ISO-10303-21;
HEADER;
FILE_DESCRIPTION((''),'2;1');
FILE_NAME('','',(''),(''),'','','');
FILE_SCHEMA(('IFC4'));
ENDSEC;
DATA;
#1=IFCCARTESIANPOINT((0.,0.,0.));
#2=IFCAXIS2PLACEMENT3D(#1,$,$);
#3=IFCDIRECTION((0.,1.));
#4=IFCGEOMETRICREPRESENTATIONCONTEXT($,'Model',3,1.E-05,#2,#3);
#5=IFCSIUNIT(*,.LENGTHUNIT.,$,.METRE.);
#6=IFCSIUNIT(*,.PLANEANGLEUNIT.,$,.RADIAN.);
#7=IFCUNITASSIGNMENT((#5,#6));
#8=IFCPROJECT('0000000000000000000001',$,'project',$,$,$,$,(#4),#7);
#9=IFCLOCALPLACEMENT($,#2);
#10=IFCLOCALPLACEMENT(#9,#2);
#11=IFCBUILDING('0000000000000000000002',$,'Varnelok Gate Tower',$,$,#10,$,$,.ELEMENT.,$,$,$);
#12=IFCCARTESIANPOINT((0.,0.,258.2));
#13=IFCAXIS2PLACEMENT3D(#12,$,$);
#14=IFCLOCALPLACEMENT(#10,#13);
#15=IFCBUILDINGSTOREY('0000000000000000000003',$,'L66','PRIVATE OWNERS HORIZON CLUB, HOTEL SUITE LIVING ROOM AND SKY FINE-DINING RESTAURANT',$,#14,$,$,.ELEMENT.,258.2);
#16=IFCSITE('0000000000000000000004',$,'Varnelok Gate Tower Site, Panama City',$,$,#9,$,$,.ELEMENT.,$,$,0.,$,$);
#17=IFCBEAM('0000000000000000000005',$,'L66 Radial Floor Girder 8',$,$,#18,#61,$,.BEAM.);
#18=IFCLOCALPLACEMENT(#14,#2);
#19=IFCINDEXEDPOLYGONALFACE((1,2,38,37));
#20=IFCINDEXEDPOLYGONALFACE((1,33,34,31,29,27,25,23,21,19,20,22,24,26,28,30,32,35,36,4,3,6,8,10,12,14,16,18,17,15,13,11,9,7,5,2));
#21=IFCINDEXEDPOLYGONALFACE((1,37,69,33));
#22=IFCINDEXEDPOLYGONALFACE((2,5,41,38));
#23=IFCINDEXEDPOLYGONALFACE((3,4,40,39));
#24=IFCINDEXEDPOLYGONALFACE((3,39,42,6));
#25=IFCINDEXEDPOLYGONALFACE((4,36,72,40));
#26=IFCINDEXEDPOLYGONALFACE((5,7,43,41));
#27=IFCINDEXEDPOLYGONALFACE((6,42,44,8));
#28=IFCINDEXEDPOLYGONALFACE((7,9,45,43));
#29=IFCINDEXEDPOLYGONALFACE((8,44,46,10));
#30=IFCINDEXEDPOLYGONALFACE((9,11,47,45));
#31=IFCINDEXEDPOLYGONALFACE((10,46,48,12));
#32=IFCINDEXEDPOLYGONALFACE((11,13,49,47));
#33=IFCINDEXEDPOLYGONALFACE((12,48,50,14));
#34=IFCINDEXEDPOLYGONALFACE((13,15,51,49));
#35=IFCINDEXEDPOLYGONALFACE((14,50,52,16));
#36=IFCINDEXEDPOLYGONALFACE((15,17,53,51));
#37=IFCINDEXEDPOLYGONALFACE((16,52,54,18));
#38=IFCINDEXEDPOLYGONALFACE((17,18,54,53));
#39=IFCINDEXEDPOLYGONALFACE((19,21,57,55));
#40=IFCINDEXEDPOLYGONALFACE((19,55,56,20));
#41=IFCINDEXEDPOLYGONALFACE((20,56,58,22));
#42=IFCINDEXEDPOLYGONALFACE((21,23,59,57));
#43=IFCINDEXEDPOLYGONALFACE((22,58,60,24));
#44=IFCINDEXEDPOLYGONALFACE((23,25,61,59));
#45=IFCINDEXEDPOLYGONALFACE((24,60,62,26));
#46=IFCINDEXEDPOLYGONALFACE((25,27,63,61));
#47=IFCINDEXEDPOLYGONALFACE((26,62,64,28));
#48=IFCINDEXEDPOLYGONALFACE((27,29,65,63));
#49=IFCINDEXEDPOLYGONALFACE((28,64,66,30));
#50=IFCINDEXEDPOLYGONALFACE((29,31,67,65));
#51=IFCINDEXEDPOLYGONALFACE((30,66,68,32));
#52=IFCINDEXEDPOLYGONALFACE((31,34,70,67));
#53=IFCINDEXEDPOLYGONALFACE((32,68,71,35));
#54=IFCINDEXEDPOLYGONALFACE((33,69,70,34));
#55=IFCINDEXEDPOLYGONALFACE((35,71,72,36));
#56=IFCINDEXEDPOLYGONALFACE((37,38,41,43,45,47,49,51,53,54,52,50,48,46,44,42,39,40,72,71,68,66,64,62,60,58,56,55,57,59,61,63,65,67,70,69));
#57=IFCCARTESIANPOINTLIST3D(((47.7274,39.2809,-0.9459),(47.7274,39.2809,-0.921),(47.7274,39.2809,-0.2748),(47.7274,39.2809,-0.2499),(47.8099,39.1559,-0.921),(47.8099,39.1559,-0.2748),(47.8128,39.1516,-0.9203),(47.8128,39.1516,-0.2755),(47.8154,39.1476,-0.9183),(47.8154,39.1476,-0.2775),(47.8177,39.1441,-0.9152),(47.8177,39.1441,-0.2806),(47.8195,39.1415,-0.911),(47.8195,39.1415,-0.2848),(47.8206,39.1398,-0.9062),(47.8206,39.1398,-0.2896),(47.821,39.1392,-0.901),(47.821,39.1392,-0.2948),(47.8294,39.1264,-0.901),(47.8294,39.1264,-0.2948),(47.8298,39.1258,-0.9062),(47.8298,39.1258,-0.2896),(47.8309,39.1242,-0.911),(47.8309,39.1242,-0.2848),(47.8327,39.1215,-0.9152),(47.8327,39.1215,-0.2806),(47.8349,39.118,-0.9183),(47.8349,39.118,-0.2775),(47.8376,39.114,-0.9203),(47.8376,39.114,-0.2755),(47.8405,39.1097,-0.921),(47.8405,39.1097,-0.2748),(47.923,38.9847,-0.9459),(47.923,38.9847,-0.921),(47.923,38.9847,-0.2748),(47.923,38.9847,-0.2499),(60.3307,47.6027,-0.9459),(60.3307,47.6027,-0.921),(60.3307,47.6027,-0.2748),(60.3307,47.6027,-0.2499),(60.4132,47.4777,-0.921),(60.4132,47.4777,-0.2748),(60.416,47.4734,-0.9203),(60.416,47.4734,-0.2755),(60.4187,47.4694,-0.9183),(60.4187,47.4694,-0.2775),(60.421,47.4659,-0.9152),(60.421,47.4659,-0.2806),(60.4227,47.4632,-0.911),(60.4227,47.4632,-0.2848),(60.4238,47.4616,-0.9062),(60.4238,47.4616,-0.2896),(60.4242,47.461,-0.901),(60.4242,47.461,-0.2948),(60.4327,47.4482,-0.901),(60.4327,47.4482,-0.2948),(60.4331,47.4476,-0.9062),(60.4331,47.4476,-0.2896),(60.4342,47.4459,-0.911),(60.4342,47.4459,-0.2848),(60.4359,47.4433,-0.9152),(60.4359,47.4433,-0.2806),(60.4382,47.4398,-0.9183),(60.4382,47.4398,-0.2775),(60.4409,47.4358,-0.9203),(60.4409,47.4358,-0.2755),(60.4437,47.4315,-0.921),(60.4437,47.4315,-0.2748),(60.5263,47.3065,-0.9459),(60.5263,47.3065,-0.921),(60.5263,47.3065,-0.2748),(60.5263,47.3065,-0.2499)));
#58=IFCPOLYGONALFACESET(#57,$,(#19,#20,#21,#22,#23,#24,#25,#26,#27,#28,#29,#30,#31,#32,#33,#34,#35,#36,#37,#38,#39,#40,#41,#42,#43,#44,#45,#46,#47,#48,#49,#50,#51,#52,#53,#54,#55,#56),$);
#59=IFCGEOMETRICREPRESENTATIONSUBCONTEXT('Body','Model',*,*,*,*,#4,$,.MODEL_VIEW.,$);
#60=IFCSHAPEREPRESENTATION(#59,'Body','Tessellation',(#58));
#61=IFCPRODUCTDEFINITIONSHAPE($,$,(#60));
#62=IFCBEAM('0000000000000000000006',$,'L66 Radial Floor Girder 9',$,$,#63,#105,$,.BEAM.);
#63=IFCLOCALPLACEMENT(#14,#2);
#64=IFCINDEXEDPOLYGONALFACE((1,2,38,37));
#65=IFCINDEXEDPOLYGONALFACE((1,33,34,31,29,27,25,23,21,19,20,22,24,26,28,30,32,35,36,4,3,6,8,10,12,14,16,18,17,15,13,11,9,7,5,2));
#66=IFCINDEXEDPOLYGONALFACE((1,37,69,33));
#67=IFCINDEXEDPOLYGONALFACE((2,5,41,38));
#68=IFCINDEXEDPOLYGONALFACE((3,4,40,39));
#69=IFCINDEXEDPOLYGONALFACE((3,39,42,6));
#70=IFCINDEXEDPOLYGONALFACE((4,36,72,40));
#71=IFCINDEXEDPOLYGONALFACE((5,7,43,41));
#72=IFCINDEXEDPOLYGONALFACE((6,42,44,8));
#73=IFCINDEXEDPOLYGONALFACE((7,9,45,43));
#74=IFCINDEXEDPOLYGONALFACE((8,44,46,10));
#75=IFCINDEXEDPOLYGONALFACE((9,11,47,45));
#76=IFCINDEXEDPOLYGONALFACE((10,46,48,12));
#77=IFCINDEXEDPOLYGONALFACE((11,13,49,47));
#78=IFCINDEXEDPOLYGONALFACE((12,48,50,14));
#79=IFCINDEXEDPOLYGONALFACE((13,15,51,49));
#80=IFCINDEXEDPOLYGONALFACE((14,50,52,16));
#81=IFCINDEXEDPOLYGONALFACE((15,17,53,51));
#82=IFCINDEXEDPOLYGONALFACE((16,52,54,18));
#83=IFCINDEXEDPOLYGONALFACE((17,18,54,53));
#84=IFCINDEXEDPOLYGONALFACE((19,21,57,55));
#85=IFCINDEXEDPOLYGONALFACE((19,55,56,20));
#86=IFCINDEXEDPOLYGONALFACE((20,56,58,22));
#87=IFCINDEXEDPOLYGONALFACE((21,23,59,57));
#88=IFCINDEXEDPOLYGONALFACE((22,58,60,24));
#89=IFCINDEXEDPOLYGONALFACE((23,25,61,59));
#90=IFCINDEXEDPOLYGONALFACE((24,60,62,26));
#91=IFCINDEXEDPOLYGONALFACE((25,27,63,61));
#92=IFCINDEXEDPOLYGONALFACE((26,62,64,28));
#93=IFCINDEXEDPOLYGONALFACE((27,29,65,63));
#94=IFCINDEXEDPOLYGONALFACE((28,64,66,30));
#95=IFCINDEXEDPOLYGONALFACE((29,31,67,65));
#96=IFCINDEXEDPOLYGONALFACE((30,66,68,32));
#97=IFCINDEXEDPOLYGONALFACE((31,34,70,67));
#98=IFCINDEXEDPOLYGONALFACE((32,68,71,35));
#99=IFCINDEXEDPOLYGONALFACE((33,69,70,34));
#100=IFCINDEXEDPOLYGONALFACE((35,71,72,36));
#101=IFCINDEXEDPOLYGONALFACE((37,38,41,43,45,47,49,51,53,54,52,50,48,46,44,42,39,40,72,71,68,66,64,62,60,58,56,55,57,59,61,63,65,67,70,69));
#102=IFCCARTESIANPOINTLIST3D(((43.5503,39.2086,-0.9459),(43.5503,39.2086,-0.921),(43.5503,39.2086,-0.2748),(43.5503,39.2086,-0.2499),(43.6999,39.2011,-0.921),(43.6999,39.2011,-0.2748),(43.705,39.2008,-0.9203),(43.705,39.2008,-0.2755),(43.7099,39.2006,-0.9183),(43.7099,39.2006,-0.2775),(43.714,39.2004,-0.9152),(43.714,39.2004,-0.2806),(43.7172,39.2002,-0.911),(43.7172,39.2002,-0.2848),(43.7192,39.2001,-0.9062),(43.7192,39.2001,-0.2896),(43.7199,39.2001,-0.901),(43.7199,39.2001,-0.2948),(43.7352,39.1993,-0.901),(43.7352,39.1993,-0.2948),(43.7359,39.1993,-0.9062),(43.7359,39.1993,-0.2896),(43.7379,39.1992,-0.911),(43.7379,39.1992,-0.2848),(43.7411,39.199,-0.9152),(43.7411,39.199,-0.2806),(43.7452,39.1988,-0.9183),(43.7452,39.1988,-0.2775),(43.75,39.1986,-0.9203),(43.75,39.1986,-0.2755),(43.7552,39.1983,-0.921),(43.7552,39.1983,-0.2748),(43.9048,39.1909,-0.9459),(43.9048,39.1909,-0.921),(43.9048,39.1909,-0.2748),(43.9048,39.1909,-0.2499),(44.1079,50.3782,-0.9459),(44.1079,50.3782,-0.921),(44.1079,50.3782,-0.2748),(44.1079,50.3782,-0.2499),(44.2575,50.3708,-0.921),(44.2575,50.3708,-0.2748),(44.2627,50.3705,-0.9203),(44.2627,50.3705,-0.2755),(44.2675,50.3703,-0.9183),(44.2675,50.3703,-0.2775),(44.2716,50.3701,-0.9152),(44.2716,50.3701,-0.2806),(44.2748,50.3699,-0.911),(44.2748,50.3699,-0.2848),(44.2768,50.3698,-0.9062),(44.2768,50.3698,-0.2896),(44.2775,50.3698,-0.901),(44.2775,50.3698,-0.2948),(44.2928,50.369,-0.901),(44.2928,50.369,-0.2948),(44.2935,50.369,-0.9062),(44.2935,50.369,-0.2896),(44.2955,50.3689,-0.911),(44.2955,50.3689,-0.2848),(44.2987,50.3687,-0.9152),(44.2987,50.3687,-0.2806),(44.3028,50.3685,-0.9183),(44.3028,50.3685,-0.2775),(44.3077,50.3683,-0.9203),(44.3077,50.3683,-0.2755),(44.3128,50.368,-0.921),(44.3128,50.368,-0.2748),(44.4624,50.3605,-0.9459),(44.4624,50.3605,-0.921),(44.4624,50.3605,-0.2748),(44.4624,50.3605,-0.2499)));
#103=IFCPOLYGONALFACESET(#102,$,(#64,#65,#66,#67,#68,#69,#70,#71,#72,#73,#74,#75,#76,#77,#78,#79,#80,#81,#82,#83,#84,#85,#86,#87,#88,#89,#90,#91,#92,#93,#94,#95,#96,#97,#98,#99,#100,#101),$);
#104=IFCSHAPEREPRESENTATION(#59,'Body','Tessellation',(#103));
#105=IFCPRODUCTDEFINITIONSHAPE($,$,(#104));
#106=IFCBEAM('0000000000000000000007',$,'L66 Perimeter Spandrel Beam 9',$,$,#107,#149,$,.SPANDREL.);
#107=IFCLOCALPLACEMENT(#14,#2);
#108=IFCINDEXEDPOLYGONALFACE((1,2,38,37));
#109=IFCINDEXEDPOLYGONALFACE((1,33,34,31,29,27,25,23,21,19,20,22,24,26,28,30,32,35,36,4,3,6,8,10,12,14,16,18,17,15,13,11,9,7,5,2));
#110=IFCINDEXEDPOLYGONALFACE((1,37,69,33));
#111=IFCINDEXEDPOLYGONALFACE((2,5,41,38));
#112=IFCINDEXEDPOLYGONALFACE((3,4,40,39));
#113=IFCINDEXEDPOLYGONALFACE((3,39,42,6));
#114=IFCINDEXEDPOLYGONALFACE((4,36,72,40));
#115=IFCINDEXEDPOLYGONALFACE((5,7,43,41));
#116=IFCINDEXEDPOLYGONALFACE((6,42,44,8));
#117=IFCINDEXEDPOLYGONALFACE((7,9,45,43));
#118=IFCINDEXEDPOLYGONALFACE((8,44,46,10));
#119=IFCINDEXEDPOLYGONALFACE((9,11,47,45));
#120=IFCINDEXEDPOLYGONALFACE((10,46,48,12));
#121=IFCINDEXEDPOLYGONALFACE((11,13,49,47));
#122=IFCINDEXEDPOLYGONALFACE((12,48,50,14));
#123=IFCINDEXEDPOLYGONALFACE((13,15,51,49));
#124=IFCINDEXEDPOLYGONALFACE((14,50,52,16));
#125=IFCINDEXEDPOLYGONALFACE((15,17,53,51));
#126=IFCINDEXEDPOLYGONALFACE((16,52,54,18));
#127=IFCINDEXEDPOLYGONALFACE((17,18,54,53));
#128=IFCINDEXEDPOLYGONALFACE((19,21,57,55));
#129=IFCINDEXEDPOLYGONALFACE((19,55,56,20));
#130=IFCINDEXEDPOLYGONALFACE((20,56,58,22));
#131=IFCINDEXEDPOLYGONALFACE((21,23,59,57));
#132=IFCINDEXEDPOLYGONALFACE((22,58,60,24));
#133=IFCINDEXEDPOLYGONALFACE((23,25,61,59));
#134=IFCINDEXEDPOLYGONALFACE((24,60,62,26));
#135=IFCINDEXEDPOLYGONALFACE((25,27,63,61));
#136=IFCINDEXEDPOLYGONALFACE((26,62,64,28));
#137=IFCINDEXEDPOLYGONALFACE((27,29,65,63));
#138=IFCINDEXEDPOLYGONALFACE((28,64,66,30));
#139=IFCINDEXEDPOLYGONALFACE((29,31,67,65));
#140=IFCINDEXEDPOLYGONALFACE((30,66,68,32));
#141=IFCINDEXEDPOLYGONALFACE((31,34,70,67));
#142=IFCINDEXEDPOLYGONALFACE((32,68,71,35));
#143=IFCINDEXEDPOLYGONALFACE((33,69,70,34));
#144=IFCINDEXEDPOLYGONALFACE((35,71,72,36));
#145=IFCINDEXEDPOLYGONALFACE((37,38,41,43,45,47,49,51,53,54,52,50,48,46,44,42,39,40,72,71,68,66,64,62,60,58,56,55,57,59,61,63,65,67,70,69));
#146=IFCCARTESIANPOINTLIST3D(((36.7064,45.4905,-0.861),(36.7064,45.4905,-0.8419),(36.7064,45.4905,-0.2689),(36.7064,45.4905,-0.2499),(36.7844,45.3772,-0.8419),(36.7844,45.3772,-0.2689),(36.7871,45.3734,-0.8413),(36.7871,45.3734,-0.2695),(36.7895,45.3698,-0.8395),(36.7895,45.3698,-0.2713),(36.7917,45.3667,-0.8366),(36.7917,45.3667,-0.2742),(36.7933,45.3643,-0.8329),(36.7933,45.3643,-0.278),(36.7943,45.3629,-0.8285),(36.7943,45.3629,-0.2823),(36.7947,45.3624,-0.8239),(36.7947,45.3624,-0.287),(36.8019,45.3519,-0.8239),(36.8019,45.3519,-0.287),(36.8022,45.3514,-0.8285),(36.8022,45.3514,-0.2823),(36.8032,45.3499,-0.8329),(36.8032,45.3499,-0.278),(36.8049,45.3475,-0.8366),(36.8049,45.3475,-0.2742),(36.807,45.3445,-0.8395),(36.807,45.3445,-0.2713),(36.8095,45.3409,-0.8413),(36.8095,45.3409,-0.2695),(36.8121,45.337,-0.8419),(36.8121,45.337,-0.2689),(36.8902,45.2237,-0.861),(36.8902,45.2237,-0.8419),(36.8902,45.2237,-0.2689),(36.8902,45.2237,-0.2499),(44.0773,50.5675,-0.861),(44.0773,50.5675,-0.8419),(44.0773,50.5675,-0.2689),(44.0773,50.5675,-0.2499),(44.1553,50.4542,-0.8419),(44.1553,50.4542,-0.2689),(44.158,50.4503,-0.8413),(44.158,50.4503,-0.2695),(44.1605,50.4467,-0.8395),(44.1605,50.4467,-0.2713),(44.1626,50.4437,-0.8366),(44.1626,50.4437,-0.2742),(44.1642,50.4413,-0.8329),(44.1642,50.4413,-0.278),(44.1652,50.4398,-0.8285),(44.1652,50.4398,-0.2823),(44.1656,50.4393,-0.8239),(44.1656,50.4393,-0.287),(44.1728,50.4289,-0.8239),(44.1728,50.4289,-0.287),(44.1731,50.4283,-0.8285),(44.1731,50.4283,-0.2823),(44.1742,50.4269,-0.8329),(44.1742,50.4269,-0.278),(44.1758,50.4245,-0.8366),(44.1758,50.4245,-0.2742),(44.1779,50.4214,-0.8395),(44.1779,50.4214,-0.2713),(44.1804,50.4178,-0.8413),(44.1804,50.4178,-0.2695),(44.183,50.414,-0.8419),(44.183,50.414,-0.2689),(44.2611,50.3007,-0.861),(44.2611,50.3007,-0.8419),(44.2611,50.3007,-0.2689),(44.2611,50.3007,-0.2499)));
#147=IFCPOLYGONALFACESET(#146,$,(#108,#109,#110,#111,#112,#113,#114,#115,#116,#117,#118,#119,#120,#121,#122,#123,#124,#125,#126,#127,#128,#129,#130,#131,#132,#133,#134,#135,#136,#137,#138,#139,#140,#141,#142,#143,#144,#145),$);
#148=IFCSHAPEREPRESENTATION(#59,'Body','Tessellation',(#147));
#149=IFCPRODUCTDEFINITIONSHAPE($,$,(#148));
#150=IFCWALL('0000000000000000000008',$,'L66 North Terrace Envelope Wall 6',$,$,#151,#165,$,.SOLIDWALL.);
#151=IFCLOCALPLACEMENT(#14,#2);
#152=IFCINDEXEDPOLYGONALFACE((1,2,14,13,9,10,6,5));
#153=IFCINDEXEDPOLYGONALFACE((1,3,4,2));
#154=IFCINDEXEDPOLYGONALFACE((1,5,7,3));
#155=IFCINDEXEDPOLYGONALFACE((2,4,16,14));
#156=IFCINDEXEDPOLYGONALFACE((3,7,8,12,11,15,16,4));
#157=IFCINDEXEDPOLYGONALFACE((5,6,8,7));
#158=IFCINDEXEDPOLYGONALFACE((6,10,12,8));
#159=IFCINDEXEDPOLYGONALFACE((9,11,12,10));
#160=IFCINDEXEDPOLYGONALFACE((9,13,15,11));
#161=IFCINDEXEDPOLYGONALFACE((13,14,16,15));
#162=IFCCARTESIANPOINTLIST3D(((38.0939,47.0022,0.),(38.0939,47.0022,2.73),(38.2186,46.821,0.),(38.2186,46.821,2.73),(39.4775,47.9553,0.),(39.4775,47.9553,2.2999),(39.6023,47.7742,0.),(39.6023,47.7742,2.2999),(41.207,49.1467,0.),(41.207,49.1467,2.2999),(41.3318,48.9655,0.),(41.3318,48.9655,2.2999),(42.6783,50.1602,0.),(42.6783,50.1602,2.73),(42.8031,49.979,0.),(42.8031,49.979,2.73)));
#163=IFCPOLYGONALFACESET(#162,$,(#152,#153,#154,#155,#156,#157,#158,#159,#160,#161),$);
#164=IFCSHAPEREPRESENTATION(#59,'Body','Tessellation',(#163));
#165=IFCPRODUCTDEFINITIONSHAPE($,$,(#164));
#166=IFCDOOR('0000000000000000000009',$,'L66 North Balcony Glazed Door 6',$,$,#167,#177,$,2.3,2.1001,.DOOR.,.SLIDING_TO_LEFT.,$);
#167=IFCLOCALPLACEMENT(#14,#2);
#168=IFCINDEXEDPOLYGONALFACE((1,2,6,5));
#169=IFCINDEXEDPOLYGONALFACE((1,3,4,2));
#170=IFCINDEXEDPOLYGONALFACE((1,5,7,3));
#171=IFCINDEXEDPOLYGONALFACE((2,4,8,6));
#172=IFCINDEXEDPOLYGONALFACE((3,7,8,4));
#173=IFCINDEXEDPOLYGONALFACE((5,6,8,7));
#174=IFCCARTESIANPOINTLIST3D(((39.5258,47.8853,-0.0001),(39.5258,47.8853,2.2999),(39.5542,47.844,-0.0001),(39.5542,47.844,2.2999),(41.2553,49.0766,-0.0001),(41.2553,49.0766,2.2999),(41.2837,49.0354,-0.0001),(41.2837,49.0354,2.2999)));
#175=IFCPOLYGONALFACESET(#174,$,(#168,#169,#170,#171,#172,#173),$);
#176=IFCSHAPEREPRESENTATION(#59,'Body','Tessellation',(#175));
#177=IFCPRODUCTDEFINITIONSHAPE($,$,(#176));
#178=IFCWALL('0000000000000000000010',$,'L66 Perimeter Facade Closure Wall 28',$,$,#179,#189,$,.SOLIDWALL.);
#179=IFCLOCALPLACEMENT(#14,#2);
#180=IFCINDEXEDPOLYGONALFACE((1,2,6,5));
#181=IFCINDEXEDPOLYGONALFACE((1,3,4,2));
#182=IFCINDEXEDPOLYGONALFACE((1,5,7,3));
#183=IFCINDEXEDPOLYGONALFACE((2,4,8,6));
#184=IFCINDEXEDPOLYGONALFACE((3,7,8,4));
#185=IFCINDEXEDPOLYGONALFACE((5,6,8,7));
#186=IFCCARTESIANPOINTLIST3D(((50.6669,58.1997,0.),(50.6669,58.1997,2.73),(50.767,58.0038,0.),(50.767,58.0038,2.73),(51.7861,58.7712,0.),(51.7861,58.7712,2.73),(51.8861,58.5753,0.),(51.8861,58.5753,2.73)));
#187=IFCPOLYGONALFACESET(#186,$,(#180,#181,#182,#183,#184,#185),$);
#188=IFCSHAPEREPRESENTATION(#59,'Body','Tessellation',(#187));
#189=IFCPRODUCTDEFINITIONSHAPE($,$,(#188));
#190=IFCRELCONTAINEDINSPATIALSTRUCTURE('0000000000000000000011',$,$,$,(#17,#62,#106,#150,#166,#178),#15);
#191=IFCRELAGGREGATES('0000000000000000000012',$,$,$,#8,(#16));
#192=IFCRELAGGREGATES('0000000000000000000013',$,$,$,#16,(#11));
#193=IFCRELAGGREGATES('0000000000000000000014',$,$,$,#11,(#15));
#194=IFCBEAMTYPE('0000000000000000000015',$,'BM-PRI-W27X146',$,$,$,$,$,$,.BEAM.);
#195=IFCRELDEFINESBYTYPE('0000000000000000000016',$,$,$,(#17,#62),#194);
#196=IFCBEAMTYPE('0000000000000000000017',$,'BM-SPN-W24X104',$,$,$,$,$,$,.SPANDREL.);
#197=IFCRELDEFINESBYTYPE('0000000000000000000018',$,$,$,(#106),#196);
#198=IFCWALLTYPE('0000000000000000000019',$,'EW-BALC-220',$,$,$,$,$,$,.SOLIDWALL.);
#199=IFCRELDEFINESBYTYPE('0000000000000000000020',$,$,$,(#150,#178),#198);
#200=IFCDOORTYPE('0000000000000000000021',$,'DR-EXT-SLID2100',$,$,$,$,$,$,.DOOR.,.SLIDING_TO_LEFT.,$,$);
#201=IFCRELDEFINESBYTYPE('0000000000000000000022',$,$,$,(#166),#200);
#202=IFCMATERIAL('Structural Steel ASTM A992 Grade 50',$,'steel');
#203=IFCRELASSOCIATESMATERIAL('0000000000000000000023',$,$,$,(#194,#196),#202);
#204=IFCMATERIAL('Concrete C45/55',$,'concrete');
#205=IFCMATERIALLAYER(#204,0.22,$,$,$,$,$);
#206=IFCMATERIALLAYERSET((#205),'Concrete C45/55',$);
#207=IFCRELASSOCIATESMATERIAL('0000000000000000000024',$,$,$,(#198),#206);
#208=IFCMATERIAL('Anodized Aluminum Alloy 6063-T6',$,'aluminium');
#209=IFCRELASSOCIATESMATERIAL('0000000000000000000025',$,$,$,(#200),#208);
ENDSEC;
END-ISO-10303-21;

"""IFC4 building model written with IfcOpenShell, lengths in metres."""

from ifc_helpers import new_model, si_unit, direction, frame, frame_2d, origin, origin_2d, place, context, subcontext, project, spatial, rectangle, i_section, extrude, material, layer, layer_set, material_profile, profile_set, type_object, element, fill, save


model = new_model("IFC4")

# Units and contexts
model_context = context("Model", 3, precision=1e-05, world=origin(), true_north=direction((0.0, 1.0)))
body_context = subcontext(model_context, "Body", "Model", "MODEL_VIEW")
ifc_project = project(units=[si_unit("LENGTHUNIT", "METRE"), si_unit("PLANEANGLEUNIT", "RADIAN")], contexts=[model_context])

# Site, building, storey
site_placement = place(None, origin())
site = spatial("IfcSite", under=ifc_project, at=site_placement, Name="Varnelok Gate Tower Site, Panama City", CompositionType="ELEMENT", RefElevation=0.0)
building_placement = place(site_placement, origin())
building = spatial("IfcBuilding", under=site, at=building_placement, Name="Varnelok Gate Tower", CompositionType="ELEMENT")
storey_placement = place(building_placement, frame((0.0, 0.0, 258.2)))
storey = spatial("IfcBuildingStorey", under=building, at=storey_placement, Name="L66", Description="PRIVATE OWNERS HORIZON CLUB, HOTEL SUITE LIVING ROOM AND SKY FINE-DINING RESTAURANT", CompositionType="ELEMENT", Elevation=258.2)

# Shared definitions
ifc_material_1 = material(Name="Structural Steel ASTM A992 Grade 50", Category="steel")

# Beams
ifc_material_profile_1 = material_profile(ifc_material_1, i_section(OverallWidth=0.355, OverallDepth=0.696, WebThickness=0.0154, FlangeThickness=0.0249, FilletRadius=0.02, at=origin_2d()), Name="W27X146")
ifc_profile_set_1 = profile_set([ifc_material_profile_1], Name="Structural Steel ASTM A992 Grade 50")
beam_type_1 = type_object("IfcBeamType", Name="BM-PRI-W27X146", PredefinedType="BEAM", material=ifc_profile_set_1)
beam_1_placement = place(storey_placement, frame((47.8252, 39.1328, -0.5979), z_axis=(0.834499, 0.551009, 0.0), x_axis=(-0.551009, 0.834499, 0.0)))
element("IfcBeam", 1, at=beam_1_placement, inside=storey, type_object=beam_type_1, Name="L66 Radial Floor Girder 8", PredefinedType="BEAM", context=body_context, shape_type="SweptSolid", body=[
    extrude(i_section(OverallWidth=0.355, OverallDepth=0.696, WebThickness=0.0154, FlangeThickness=0.0249, FilletRadius=0.02, at=origin_2d()), origin(), (0.0, 0.0, 1.0), 15.1028),
])
beam_2_placement = place(storey_placement, frame((43.7275, 39.1997, -0.5979), z_axis=(0.04986, 0.998756, 0.0), x_axis=(-0.998756, 0.04986, 0.0)))
element("IfcBeam", 2, at=beam_2_placement, inside=storey, type_object=beam_type_1, Name="L66 Radial Floor Girder 9", PredefinedType="BEAM", context=body_context, shape_type="SweptSolid", body=[
    extrude(i_section(OverallWidth=0.355, OverallDepth=0.696, WebThickness=0.0154, FlangeThickness=0.0249, FilletRadius=0.02, at=origin_2d()), origin(), (0.0, 0.0, 1.0), 11.1836),
])
ifc_material_profile_2 = material_profile(ifc_material_1, i_section(OverallWidth=0.324, OverallDepth=0.6111, WebThickness=0.0127, FlangeThickness=0.019, FilletRadius=0.0181, at=origin_2d()), Name="W24X104")
ifc_profile_set_2 = profile_set([ifc_material_profile_2], Name="Structural Steel ASTM A992 Grade 50")
beam_type_2 = type_object("IfcBeamType", Name="BM-SPN-W24X104", PredefinedType="SPANDREL", material=ifc_profile_set_2)
beam_3_placement = place(storey_placement, frame((44.1692, 50.4341, -0.5554), z_axis=(-0.823549, -0.567245, 0.0), x_axis=(0.567245, -0.823549, 0.0)))
element("IfcBeam", 3, at=beam_3_placement, inside=storey, type_object=beam_type_2, Name="L66 Perimeter Spandrel Beam 9", PredefinedType="SPANDREL", context=body_context, shape_type="SweptSolid", body=[
    extrude(i_section(OverallWidth=0.324, OverallDepth=0.6111, WebThickness=0.0127, FlangeThickness=0.019, FilletRadius=0.0181, at=origin_2d()), origin(), (0.0, 0.0, 1.0), 8.9502),
])

# Wall, opening, door
ifc_material_2 = material(Name="Concrete C45/55", Category="concrete")
ifc_layer_1 = layer(ifc_material_2, 0.22)
ifc_layer_set_1 = layer_set([ifc_layer_1], Name="Concrete C45/55")
wall_type_1 = type_object("IfcWallType", Name="EW-BALC-220", PredefinedType="SOLIDWALL", material=ifc_layer_set_1)
wall_1_placement = place(storey_placement, frame((38.1562, 46.9116, 0.0), z_axis=(0.0, 0.0, 1.0), x_axis=(0.823527, 0.567277, 0.0)))
wall_1 = element("IfcWall", 4, at=wall_1_placement, inside=storey, type_object=wall_type_1, Name="L66 North Terrace Envelope Wall 6", PredefinedType="SOLIDWALL", context=body_context, shape_type="SweptSolid", body=[
    extrude(rectangle(XDim=5.5669, YDim=0.22, at=frame_2d((2.7834, 0.0))), origin(), (0.0, 0.0, 1.0), 2.73),
])
opening_1_placement = place(wall_1_placement, frame((1.6802, 0.0, 0.0)))
opening_1 = element("IfcOpeningElement", 5, at=opening_1_placement, cuts=wall_1, PredefinedType="OPENING", context=body_context, shape_type="SweptSolid", body=[
    extrude(rectangle(XDim=2.1001, YDim=2.3, at=frame_2d((1.05, 1.1499))), frame((0.0, 0.1199, 0.0), z_axis=(0.0, -1.0, 0.0), x_axis=(1.0, 0.0, 0.0)), (0.0, 0.0, 1.0), 0.24),
])
ifc_material_3 = material(Name="Anodized Aluminum Alloy 6063-T6", Category="aluminium")
door_type_1 = type_object("IfcDoorType", Name="DR-EXT-SLID2100", OperationType="SLIDING_TO_LEFT", PredefinedType="DOOR", material=ifc_material_3)
door_1_placement = place(opening_1_placement, origin())
door_1 = element("IfcDoor", 6, at=door_1_placement, inside=storey, type_object=door_type_1, Name="L66 North Balcony Glazed Door 6", OperationType="SLIDING_TO_LEFT", OverallHeight=2.3, OverallWidth=2.1001, PredefinedType="DOOR", context=body_context, shape_type="SweptSolid", body=[
    extrude(rectangle(XDim=2.1001, YDim=2.3, at=frame_2d((1.05, 1.1499))), frame((0.0, 0.0249, 0.0), z_axis=(0.0, -1.0, 0.0), x_axis=(1.0, 0.0, 0.0)), (0.0, 0.0, 1.0), 0.05),
])
fill(opening_1, door_1)

# Wall
wall_2_placement = place(storey_placement, frame((51.8362, 58.6733, 0.0), z_axis=(0.0, 0.0, 1.0), x_axis=(-0.890587, -0.454813, 0.0)))
element("IfcWall", 7, at=wall_2_placement, inside=storey, type_object=wall_type_1, Name="L66 Perimeter Facade Closure Wall 28", PredefinedType="SOLIDWALL", context=body_context, shape_type="SweptSolid", body=[
    extrude(rectangle(XDim=1.2566, YDim=0.22, at=frame_2d((0.6284, 0.0))), origin(), (0.0, 0.0, 1.0), 2.73),
])

save(model, "model.ifc")
